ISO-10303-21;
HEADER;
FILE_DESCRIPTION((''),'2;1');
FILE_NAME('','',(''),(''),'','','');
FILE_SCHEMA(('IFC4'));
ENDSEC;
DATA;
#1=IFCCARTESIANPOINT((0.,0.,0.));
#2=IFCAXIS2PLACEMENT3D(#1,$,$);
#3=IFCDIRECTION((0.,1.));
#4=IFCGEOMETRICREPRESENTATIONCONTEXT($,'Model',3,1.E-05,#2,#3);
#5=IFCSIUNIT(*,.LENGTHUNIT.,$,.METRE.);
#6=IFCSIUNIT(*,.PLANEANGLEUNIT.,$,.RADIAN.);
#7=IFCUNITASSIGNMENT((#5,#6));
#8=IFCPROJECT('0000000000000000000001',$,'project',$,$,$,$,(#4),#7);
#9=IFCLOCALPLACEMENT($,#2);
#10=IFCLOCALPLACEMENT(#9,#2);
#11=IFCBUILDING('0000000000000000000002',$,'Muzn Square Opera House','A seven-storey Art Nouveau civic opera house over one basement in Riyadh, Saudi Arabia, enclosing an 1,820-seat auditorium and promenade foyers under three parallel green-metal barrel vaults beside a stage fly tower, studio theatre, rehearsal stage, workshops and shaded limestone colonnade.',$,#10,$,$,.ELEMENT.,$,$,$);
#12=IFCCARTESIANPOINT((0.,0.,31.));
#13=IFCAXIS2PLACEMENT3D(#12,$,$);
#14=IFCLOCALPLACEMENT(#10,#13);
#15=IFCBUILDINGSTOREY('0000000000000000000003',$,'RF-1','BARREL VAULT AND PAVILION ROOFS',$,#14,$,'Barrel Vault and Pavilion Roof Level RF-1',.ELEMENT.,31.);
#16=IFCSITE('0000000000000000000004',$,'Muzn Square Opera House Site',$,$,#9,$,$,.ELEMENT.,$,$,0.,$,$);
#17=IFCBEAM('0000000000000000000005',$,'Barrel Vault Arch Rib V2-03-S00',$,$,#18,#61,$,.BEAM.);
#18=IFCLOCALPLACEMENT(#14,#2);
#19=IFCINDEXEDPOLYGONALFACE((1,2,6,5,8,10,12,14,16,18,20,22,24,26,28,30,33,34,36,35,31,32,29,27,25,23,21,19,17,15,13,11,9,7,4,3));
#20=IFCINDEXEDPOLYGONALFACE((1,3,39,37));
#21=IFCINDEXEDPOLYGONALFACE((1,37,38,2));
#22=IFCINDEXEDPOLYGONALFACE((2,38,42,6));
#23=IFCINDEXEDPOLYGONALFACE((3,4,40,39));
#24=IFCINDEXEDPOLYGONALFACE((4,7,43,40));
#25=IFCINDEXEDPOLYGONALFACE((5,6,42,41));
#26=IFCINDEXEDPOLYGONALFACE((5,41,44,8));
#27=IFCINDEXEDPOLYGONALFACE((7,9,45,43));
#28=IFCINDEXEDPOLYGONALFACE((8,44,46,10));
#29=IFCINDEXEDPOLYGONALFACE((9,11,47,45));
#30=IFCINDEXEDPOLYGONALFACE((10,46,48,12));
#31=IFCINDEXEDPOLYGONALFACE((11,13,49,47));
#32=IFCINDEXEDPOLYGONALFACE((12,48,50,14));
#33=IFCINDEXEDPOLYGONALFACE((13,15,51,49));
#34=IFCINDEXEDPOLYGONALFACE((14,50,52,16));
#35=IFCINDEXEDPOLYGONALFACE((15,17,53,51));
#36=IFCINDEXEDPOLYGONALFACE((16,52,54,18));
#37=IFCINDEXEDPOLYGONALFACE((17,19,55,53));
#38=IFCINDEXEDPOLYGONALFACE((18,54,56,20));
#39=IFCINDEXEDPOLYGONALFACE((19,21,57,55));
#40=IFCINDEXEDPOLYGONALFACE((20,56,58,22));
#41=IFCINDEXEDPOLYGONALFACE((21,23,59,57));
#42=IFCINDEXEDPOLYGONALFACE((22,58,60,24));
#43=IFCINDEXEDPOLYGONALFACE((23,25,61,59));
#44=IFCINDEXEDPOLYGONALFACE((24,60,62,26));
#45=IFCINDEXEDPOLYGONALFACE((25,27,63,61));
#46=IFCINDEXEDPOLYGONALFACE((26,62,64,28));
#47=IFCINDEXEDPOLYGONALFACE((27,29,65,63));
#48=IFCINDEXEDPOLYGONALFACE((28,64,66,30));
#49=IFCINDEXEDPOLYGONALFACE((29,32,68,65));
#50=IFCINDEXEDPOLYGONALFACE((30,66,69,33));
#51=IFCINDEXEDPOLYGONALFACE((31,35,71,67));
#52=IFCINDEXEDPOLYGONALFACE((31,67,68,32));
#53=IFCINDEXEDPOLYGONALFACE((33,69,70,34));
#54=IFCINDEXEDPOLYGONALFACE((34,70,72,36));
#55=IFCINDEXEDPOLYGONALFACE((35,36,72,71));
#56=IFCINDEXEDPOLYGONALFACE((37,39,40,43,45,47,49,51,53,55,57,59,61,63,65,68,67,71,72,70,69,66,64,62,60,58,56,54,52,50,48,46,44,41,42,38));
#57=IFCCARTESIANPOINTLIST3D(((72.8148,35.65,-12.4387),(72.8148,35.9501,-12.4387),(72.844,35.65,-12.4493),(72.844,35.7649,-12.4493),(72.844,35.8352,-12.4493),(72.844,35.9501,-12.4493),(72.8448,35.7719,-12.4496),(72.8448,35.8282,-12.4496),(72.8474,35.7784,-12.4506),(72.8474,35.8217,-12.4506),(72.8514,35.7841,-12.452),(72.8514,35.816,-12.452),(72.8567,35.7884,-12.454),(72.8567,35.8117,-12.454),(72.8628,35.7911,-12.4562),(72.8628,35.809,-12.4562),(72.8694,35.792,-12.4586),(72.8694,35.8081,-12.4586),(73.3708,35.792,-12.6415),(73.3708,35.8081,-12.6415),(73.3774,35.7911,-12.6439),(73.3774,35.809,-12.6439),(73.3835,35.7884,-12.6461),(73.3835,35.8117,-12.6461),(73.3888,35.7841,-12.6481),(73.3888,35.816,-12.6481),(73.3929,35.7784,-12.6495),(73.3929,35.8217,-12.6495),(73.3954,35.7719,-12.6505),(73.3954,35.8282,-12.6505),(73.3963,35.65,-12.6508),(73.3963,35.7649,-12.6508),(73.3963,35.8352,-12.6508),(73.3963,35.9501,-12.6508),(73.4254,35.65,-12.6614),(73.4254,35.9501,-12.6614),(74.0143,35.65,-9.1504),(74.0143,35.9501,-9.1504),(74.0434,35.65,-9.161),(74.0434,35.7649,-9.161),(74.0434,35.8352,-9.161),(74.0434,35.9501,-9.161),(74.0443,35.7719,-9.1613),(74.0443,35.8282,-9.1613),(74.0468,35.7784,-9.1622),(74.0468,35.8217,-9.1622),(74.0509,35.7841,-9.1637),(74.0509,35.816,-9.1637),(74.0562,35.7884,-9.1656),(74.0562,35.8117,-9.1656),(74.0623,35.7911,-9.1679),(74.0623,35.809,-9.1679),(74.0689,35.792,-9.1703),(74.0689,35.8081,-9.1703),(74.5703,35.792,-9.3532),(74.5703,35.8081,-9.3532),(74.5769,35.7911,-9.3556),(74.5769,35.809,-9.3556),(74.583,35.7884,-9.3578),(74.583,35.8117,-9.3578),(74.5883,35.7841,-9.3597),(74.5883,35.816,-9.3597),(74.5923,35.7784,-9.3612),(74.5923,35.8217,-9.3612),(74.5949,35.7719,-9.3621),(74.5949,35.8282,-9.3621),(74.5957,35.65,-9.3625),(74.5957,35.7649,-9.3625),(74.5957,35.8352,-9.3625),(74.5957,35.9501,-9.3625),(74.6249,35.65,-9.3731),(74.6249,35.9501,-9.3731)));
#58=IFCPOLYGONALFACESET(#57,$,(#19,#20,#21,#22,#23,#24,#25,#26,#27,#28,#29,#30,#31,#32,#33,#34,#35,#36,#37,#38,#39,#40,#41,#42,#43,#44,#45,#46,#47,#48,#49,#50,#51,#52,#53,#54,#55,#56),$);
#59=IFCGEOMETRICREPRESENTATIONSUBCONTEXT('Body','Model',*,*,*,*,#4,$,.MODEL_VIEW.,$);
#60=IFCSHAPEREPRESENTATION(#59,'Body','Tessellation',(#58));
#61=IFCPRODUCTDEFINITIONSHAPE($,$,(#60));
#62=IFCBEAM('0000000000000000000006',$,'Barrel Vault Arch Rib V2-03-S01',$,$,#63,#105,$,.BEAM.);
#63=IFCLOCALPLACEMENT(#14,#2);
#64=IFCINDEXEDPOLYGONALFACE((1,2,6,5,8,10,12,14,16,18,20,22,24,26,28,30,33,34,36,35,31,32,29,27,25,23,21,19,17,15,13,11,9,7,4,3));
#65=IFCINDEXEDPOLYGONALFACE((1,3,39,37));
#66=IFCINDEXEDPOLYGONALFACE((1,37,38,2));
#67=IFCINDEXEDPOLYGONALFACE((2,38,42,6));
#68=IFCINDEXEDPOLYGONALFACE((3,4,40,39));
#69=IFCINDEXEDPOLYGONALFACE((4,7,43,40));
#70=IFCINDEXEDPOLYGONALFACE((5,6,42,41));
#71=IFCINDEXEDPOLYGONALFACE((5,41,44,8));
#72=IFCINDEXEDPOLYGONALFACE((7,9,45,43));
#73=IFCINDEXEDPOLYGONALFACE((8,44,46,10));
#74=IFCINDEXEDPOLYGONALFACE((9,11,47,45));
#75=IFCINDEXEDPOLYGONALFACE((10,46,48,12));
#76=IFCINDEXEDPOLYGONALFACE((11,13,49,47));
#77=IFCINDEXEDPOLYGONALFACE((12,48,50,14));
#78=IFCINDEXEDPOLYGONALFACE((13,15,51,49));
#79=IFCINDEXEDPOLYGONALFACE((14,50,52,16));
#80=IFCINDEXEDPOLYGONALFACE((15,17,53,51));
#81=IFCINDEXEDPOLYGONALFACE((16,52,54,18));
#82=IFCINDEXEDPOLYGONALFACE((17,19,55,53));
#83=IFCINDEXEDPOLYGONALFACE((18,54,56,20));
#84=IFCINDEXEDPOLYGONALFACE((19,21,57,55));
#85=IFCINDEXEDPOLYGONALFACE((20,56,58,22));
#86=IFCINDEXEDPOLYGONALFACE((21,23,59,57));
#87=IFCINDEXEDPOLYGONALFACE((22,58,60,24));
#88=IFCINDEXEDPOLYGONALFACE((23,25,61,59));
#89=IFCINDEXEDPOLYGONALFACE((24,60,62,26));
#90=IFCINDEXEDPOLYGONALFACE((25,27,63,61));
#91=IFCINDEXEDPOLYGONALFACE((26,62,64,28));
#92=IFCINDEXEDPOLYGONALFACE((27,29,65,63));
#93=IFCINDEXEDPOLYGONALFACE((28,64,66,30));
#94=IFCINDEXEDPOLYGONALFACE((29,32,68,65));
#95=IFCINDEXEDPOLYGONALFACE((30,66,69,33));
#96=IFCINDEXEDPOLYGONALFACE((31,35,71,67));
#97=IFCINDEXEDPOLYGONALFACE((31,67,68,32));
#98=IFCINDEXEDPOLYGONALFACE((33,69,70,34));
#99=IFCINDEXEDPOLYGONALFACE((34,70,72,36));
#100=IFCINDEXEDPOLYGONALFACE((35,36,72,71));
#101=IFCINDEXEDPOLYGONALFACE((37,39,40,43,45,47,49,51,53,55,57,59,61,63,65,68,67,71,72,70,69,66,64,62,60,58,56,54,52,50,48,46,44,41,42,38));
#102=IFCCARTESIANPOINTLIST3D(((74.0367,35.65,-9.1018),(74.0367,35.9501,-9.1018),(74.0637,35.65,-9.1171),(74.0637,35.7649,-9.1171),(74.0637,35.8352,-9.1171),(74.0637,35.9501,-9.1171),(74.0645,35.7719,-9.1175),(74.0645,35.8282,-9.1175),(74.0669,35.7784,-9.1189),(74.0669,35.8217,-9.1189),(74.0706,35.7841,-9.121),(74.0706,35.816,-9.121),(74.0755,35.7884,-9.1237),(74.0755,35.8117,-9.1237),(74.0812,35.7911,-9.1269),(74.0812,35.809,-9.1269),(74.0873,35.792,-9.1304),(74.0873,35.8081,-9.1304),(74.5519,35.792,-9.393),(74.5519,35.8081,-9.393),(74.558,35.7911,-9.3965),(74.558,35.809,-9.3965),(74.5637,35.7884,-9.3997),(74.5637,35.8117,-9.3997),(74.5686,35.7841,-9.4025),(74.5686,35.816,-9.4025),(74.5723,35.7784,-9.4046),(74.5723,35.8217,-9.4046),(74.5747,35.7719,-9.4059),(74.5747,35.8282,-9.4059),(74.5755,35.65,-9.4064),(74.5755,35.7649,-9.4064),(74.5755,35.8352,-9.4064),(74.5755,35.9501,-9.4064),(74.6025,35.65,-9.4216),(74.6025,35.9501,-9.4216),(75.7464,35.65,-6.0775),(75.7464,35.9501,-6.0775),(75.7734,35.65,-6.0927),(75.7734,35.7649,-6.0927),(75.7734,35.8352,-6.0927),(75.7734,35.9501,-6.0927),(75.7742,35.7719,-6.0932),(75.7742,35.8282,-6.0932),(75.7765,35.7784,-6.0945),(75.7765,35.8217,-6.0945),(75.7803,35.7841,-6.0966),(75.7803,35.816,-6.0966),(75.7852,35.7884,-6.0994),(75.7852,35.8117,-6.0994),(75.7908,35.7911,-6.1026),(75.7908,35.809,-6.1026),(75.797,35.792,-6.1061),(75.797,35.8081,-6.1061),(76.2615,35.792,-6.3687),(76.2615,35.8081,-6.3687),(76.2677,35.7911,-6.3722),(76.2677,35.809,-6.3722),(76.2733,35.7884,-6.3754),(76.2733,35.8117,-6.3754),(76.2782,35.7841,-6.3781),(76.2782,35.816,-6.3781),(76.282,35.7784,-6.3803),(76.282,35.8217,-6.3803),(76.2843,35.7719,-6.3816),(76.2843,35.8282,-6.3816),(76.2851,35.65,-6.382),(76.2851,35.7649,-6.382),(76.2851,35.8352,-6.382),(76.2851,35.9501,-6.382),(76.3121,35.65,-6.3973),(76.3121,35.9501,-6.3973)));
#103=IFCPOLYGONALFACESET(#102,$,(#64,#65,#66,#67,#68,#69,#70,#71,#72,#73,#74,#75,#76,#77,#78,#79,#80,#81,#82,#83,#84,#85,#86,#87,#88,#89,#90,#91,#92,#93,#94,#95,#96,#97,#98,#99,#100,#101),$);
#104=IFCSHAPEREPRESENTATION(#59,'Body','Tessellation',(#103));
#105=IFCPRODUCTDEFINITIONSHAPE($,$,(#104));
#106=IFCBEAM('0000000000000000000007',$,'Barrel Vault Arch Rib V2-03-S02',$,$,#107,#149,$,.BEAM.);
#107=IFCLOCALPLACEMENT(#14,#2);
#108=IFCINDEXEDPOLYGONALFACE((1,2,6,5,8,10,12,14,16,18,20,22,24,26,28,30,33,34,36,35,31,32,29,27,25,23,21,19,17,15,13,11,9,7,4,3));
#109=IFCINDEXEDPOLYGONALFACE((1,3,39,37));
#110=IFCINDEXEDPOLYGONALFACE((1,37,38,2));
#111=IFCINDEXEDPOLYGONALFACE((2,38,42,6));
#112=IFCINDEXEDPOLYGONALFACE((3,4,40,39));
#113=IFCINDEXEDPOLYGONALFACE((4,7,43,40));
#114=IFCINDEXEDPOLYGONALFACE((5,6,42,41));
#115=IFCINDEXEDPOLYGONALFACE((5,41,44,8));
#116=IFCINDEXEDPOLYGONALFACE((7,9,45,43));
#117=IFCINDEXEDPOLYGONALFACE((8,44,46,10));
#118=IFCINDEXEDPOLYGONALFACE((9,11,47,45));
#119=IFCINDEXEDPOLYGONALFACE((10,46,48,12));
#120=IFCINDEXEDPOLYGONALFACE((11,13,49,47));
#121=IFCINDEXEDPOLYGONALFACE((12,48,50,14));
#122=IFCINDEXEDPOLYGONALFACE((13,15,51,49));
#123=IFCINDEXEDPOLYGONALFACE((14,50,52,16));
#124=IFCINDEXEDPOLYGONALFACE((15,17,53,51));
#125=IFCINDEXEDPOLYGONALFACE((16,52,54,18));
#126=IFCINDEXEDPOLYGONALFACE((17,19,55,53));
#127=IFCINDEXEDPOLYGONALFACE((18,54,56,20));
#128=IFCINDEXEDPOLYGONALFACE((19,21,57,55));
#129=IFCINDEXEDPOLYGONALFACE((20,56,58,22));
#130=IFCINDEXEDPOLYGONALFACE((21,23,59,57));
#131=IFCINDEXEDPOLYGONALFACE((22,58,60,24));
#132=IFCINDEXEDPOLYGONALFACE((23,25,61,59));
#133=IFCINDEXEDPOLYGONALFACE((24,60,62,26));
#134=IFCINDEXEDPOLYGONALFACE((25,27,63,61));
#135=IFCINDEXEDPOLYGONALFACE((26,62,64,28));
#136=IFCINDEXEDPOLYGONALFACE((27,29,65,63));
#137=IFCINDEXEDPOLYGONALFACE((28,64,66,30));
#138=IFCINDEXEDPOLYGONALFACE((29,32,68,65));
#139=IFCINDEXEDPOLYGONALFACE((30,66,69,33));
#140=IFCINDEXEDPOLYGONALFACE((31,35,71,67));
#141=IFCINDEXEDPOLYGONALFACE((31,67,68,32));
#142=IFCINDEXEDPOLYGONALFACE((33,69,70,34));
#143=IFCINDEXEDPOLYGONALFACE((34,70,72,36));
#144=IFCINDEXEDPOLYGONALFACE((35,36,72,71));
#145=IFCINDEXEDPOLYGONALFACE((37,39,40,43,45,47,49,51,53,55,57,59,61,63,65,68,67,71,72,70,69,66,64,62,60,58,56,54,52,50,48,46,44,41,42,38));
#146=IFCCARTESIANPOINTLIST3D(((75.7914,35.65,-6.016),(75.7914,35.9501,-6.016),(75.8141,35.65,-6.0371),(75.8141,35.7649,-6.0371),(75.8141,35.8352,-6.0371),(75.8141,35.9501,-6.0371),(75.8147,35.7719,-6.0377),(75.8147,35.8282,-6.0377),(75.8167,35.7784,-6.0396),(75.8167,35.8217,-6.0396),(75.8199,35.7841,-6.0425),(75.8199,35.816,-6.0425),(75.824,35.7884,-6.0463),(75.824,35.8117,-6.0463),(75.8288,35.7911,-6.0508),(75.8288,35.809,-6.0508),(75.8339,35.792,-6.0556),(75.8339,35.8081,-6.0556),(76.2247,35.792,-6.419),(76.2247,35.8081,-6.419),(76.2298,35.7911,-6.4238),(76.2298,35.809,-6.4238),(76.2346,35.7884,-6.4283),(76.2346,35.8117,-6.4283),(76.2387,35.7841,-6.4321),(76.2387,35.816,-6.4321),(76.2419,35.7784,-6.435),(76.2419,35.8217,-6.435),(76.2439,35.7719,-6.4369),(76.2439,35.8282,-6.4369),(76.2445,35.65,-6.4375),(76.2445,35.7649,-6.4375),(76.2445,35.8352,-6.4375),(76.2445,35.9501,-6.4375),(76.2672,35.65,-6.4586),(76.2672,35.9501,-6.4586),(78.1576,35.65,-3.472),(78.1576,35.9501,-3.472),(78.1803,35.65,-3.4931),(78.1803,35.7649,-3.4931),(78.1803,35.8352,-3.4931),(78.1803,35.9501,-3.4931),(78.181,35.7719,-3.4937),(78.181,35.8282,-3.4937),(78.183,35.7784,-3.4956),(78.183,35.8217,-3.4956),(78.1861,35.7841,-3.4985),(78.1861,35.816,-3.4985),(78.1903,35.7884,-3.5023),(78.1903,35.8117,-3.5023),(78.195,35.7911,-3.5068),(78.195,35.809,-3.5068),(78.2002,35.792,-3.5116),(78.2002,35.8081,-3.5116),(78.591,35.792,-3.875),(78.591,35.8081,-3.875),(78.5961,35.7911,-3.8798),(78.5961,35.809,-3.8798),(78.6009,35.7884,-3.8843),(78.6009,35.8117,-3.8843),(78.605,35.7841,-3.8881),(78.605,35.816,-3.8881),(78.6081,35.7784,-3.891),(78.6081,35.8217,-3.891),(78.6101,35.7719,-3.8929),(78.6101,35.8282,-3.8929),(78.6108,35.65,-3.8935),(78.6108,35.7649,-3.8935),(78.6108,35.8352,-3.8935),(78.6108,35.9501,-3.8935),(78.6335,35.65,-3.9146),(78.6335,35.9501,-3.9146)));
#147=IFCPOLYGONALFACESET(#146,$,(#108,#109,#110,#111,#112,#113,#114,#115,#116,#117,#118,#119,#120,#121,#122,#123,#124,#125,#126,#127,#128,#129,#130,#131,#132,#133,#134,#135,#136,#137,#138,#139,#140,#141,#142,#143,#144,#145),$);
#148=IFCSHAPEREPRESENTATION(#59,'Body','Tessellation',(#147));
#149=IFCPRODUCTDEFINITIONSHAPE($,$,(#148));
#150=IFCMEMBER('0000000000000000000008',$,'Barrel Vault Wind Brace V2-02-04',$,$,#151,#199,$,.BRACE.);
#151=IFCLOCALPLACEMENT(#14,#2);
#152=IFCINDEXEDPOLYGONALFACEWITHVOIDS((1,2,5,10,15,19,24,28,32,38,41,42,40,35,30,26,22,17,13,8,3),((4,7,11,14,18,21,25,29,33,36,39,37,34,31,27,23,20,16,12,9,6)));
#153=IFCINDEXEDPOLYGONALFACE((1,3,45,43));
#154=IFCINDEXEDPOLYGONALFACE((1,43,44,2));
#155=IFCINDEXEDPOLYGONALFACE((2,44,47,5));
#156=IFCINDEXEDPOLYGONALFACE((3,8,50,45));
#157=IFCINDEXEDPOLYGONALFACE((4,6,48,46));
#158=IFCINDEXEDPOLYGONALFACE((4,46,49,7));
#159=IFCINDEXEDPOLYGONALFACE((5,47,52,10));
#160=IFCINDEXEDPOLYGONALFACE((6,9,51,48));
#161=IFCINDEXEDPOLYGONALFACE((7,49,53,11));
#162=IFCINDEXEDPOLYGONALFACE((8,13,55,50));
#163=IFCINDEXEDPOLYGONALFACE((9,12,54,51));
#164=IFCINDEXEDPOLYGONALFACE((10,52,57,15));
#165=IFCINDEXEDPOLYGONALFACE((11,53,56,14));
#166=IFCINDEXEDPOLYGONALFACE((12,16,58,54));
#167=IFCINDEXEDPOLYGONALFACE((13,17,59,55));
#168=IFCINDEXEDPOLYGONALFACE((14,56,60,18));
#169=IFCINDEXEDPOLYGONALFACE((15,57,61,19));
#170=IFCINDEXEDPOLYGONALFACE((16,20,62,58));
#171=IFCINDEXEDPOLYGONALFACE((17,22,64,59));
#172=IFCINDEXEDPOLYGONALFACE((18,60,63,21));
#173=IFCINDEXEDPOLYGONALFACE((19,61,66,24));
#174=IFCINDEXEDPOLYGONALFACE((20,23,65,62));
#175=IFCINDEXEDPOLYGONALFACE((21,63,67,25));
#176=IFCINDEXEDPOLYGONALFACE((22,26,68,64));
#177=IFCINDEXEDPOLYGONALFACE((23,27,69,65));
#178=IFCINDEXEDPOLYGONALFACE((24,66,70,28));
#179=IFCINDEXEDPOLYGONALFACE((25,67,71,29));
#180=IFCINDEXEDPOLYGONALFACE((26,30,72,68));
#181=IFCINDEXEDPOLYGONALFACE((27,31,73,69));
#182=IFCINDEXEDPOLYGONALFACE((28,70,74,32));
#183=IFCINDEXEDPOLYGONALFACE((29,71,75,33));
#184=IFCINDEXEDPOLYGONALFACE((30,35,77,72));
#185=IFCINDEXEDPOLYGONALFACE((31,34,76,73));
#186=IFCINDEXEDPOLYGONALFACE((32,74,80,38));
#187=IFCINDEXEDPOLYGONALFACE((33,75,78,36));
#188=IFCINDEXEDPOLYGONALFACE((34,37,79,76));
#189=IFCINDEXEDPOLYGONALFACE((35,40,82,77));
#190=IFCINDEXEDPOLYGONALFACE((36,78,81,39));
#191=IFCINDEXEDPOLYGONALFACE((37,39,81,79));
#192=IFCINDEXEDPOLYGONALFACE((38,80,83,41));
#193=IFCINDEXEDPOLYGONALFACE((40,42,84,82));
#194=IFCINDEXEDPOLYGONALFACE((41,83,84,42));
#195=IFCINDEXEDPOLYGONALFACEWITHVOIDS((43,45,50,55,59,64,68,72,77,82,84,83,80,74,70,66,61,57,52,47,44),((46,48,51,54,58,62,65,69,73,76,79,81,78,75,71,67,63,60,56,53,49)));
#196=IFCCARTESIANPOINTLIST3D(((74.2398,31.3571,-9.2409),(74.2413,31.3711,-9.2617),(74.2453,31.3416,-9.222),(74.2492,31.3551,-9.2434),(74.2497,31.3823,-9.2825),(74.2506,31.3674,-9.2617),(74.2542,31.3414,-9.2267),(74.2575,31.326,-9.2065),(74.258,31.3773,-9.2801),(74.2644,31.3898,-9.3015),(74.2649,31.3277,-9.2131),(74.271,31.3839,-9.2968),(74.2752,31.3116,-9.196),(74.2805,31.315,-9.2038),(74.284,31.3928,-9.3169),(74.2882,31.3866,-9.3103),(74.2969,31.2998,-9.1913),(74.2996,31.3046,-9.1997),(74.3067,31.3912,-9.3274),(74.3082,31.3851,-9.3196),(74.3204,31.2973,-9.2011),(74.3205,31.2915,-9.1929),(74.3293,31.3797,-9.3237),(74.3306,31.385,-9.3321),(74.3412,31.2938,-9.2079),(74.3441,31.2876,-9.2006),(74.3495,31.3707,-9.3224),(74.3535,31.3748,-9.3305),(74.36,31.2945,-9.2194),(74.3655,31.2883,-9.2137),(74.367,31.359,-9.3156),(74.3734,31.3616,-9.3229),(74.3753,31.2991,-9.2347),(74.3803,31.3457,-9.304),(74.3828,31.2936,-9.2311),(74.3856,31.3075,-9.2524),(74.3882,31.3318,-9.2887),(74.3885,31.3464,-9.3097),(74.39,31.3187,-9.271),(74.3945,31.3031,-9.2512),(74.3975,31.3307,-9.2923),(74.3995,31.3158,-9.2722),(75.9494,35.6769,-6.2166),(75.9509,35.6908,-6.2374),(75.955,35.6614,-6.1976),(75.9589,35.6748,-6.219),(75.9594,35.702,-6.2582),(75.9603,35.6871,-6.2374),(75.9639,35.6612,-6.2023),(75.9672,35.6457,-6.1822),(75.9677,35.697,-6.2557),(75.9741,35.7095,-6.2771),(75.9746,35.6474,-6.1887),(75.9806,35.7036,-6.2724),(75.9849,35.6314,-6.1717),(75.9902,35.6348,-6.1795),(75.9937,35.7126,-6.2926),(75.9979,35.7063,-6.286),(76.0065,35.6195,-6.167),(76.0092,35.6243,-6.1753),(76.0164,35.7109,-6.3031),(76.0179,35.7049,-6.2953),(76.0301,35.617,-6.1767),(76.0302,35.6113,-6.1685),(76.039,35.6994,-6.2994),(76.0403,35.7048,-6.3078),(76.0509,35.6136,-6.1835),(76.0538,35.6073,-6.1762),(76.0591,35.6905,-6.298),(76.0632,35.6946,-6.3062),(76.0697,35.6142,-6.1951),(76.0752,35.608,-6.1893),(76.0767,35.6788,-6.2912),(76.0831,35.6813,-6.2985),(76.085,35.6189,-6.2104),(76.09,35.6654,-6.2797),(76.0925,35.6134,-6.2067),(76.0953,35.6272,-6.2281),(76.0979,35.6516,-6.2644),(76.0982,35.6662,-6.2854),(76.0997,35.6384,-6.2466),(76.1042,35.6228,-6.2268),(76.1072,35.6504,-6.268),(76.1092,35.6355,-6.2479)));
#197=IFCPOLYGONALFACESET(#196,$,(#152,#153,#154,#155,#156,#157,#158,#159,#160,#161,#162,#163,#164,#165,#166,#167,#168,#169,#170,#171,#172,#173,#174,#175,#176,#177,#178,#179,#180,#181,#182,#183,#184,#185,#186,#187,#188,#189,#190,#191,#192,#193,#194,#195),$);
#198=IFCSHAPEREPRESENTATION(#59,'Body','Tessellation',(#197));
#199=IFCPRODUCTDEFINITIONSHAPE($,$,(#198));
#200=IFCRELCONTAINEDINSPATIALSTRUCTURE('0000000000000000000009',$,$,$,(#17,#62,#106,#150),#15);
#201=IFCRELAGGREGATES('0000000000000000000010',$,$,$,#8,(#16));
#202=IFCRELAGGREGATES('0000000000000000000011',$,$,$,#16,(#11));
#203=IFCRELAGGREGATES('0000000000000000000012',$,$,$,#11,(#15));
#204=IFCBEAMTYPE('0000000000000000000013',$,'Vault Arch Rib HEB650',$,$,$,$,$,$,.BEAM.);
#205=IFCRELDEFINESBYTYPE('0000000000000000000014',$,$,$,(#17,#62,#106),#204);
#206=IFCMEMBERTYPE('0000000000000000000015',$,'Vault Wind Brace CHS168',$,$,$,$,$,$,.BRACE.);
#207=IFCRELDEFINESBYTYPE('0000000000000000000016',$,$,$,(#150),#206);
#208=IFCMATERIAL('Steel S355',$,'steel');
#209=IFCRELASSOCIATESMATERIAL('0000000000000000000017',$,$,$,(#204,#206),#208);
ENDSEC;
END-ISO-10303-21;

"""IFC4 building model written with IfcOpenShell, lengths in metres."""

from ifc_helpers import new_model, si_unit, direction, frame, origin, origin_2d, place, context, subcontext, project, spatial, hollow_circle, i_section, extrude, material, material_profile, profile_set, type_object, element, save


model = new_model("IFC4")

# Units and contexts
model_context = context("Model", 3, precision=1e-05, world=origin(), true_north=direction((0.0, 1.0)))
body_context = subcontext(model_context, "Body", "Model", "MODEL_VIEW")
ifc_project = project(units=[si_unit("LENGTHUNIT", "METRE"), si_unit("PLANEANGLEUNIT", "RADIAN")], contexts=[model_context])

# Site, building, storey
site_placement = place(None, origin())
site = spatial("IfcSite", under=ifc_project, at=site_placement, Name="Muzn Square Opera House Site", CompositionType="ELEMENT", RefElevation=0.0)
building_placement = place(site_placement, origin())
building = spatial("IfcBuilding", under=site, at=building_placement, Name="Muzn Square Opera House", Description="A seven-storey Art Nouveau civic opera house over one basement in Riyadh, Saudi Arabia, enclosing an 1,820-seat auditorium and promenade foyers under three parallel green-metal barrel vaults beside a stage fly tower, studio theatre, rehearsal stage, workshops and shaded limestone colonnade.", CompositionType="ELEMENT")
storey_placement = place(building_placement, frame((0.0, 0.0, 31.0)))
storey = spatial("IfcBuildingStorey", under=building, at=storey_placement, Name="RF-1", Description="BARREL VAULT AND PAVILION ROOFS", LongName="Barrel Vault and Pavilion Roof Level RF-1", CompositionType="ELEMENT", Elevation=31.0)

# Beams
ifc_material_1 = material(Name="Steel S355", Category="steel")
ifc_material_profile_1 = material_profile(ifc_material_1, i_section(OverallWidth=0.3, OverallDepth=0.6499, WebThickness=0.0161, FlangeThickness=0.031, FilletRadius=0.0271, at=origin_2d()), Name="HEB 650", Category="steel")
ifc_profile_set_1 = profile_set([ifc_material_profile_1], Name="Steel S355")
beam_type_1 = type_object("IfcBeamType", Name="Vault Arch Rib HEB650", PredefinedType="BEAM", material=ifc_profile_set_1)
beam_1_placement = place(storey_placement, frame((73.1201, 35.8, -12.55), z_axis=(0.342678, 0.0, 0.939453), x_axis=(0.0, 1.0, 0.0)))
element("IfcBeam", 1, at=beam_1_placement, inside=storey, type_object=beam_type_1, Name="Barrel Vault Arch Rib V2-03-S00", PredefinedType="BEAM", context=body_context, shape_type="SweptSolid", body=[
    extrude(i_section(OverallWidth=0.3, OverallDepth=0.6499, WebThickness=0.0161, FlangeThickness=0.031, FilletRadius=0.0271, at=origin_2d()), origin(), (0.0, 0.0, 1.0), 3.5002),
])
beam_2_placement = place(storey_placement, frame((74.3196, 35.8, -9.2617), z_axis=(0.492115, 0.0, 0.87053), x_axis=(0.0, 1.0, 0.0)))
element("IfcBeam", 2, at=beam_2_placement, inside=storey, type_object=beam_type_1, Name="Barrel Vault Arch Rib V2-03-S01", PredefinedType="BEAM", context=body_context, shape_type="SweptSolid", body=[
    extrude(i_section(OverallWidth=0.3, OverallDepth=0.6499, WebThickness=0.0161, FlangeThickness=0.031, FilletRadius=0.0271, at=origin_2d()), origin(), (0.0, 0.0, 1.0), 3.4741),
])
beam_3_placement = place(storey_placement, frame((76.0293, 35.8, -6.2373), z_axis=(0.681065, 0.0, 0.732223), x_axis=(0.0, 1.0, 0.0)))
element("IfcBeam", 3, at=beam_3_placement, inside=storey, type_object=beam_type_1, Name="Barrel Vault Arch Rib V2-03-S02", PredefinedType="BEAM", context=body_context, shape_type="SweptSolid", body=[
    extrude(i_section(OverallWidth=0.3, OverallDepth=0.6499, WebThickness=0.0161, FlangeThickness=0.031, FilletRadius=0.0271, at=origin_2d()), origin(), (0.0, 0.0, 1.0), 3.4744),
])

# Member
ifc_material_profile_2 = material_profile(ifc_material_1, hollow_circle(Radius=0.0842, WallThickness=0.01, at=origin_2d()), Name="CHS 168.3x10", Category="steel")
ifc_profile_set_2 = profile_set([ifc_material_profile_2], Name="Steel S355")
member_type = type_object("IfcMemberType", Name="Vault Wind Brace CHS168", PredefinedType="BRACE", material=ifc_profile_set_2)
member_placement = place(storey_placement, frame((74.3196, 31.3401, -9.2617), z_axis=(0.308415, 0.77925, 0.545572), x_axis=(-0.929822, 0.368009, 0.0)))
element("IfcMember", 4, at=member_placement, inside=storey, type_object=member_type, Name="Barrel Vault Wind Brace V2-02-04", PredefinedType="BRACE", context=body_context, shape_type="SweptSolid", body=[
    extrude(hollow_circle(Radius=0.0842, WallThickness=0.01, at=origin_2d()), origin(), (0.0, 0.0, 1.0), 5.5435),
])

save(model, "model.ifc")
